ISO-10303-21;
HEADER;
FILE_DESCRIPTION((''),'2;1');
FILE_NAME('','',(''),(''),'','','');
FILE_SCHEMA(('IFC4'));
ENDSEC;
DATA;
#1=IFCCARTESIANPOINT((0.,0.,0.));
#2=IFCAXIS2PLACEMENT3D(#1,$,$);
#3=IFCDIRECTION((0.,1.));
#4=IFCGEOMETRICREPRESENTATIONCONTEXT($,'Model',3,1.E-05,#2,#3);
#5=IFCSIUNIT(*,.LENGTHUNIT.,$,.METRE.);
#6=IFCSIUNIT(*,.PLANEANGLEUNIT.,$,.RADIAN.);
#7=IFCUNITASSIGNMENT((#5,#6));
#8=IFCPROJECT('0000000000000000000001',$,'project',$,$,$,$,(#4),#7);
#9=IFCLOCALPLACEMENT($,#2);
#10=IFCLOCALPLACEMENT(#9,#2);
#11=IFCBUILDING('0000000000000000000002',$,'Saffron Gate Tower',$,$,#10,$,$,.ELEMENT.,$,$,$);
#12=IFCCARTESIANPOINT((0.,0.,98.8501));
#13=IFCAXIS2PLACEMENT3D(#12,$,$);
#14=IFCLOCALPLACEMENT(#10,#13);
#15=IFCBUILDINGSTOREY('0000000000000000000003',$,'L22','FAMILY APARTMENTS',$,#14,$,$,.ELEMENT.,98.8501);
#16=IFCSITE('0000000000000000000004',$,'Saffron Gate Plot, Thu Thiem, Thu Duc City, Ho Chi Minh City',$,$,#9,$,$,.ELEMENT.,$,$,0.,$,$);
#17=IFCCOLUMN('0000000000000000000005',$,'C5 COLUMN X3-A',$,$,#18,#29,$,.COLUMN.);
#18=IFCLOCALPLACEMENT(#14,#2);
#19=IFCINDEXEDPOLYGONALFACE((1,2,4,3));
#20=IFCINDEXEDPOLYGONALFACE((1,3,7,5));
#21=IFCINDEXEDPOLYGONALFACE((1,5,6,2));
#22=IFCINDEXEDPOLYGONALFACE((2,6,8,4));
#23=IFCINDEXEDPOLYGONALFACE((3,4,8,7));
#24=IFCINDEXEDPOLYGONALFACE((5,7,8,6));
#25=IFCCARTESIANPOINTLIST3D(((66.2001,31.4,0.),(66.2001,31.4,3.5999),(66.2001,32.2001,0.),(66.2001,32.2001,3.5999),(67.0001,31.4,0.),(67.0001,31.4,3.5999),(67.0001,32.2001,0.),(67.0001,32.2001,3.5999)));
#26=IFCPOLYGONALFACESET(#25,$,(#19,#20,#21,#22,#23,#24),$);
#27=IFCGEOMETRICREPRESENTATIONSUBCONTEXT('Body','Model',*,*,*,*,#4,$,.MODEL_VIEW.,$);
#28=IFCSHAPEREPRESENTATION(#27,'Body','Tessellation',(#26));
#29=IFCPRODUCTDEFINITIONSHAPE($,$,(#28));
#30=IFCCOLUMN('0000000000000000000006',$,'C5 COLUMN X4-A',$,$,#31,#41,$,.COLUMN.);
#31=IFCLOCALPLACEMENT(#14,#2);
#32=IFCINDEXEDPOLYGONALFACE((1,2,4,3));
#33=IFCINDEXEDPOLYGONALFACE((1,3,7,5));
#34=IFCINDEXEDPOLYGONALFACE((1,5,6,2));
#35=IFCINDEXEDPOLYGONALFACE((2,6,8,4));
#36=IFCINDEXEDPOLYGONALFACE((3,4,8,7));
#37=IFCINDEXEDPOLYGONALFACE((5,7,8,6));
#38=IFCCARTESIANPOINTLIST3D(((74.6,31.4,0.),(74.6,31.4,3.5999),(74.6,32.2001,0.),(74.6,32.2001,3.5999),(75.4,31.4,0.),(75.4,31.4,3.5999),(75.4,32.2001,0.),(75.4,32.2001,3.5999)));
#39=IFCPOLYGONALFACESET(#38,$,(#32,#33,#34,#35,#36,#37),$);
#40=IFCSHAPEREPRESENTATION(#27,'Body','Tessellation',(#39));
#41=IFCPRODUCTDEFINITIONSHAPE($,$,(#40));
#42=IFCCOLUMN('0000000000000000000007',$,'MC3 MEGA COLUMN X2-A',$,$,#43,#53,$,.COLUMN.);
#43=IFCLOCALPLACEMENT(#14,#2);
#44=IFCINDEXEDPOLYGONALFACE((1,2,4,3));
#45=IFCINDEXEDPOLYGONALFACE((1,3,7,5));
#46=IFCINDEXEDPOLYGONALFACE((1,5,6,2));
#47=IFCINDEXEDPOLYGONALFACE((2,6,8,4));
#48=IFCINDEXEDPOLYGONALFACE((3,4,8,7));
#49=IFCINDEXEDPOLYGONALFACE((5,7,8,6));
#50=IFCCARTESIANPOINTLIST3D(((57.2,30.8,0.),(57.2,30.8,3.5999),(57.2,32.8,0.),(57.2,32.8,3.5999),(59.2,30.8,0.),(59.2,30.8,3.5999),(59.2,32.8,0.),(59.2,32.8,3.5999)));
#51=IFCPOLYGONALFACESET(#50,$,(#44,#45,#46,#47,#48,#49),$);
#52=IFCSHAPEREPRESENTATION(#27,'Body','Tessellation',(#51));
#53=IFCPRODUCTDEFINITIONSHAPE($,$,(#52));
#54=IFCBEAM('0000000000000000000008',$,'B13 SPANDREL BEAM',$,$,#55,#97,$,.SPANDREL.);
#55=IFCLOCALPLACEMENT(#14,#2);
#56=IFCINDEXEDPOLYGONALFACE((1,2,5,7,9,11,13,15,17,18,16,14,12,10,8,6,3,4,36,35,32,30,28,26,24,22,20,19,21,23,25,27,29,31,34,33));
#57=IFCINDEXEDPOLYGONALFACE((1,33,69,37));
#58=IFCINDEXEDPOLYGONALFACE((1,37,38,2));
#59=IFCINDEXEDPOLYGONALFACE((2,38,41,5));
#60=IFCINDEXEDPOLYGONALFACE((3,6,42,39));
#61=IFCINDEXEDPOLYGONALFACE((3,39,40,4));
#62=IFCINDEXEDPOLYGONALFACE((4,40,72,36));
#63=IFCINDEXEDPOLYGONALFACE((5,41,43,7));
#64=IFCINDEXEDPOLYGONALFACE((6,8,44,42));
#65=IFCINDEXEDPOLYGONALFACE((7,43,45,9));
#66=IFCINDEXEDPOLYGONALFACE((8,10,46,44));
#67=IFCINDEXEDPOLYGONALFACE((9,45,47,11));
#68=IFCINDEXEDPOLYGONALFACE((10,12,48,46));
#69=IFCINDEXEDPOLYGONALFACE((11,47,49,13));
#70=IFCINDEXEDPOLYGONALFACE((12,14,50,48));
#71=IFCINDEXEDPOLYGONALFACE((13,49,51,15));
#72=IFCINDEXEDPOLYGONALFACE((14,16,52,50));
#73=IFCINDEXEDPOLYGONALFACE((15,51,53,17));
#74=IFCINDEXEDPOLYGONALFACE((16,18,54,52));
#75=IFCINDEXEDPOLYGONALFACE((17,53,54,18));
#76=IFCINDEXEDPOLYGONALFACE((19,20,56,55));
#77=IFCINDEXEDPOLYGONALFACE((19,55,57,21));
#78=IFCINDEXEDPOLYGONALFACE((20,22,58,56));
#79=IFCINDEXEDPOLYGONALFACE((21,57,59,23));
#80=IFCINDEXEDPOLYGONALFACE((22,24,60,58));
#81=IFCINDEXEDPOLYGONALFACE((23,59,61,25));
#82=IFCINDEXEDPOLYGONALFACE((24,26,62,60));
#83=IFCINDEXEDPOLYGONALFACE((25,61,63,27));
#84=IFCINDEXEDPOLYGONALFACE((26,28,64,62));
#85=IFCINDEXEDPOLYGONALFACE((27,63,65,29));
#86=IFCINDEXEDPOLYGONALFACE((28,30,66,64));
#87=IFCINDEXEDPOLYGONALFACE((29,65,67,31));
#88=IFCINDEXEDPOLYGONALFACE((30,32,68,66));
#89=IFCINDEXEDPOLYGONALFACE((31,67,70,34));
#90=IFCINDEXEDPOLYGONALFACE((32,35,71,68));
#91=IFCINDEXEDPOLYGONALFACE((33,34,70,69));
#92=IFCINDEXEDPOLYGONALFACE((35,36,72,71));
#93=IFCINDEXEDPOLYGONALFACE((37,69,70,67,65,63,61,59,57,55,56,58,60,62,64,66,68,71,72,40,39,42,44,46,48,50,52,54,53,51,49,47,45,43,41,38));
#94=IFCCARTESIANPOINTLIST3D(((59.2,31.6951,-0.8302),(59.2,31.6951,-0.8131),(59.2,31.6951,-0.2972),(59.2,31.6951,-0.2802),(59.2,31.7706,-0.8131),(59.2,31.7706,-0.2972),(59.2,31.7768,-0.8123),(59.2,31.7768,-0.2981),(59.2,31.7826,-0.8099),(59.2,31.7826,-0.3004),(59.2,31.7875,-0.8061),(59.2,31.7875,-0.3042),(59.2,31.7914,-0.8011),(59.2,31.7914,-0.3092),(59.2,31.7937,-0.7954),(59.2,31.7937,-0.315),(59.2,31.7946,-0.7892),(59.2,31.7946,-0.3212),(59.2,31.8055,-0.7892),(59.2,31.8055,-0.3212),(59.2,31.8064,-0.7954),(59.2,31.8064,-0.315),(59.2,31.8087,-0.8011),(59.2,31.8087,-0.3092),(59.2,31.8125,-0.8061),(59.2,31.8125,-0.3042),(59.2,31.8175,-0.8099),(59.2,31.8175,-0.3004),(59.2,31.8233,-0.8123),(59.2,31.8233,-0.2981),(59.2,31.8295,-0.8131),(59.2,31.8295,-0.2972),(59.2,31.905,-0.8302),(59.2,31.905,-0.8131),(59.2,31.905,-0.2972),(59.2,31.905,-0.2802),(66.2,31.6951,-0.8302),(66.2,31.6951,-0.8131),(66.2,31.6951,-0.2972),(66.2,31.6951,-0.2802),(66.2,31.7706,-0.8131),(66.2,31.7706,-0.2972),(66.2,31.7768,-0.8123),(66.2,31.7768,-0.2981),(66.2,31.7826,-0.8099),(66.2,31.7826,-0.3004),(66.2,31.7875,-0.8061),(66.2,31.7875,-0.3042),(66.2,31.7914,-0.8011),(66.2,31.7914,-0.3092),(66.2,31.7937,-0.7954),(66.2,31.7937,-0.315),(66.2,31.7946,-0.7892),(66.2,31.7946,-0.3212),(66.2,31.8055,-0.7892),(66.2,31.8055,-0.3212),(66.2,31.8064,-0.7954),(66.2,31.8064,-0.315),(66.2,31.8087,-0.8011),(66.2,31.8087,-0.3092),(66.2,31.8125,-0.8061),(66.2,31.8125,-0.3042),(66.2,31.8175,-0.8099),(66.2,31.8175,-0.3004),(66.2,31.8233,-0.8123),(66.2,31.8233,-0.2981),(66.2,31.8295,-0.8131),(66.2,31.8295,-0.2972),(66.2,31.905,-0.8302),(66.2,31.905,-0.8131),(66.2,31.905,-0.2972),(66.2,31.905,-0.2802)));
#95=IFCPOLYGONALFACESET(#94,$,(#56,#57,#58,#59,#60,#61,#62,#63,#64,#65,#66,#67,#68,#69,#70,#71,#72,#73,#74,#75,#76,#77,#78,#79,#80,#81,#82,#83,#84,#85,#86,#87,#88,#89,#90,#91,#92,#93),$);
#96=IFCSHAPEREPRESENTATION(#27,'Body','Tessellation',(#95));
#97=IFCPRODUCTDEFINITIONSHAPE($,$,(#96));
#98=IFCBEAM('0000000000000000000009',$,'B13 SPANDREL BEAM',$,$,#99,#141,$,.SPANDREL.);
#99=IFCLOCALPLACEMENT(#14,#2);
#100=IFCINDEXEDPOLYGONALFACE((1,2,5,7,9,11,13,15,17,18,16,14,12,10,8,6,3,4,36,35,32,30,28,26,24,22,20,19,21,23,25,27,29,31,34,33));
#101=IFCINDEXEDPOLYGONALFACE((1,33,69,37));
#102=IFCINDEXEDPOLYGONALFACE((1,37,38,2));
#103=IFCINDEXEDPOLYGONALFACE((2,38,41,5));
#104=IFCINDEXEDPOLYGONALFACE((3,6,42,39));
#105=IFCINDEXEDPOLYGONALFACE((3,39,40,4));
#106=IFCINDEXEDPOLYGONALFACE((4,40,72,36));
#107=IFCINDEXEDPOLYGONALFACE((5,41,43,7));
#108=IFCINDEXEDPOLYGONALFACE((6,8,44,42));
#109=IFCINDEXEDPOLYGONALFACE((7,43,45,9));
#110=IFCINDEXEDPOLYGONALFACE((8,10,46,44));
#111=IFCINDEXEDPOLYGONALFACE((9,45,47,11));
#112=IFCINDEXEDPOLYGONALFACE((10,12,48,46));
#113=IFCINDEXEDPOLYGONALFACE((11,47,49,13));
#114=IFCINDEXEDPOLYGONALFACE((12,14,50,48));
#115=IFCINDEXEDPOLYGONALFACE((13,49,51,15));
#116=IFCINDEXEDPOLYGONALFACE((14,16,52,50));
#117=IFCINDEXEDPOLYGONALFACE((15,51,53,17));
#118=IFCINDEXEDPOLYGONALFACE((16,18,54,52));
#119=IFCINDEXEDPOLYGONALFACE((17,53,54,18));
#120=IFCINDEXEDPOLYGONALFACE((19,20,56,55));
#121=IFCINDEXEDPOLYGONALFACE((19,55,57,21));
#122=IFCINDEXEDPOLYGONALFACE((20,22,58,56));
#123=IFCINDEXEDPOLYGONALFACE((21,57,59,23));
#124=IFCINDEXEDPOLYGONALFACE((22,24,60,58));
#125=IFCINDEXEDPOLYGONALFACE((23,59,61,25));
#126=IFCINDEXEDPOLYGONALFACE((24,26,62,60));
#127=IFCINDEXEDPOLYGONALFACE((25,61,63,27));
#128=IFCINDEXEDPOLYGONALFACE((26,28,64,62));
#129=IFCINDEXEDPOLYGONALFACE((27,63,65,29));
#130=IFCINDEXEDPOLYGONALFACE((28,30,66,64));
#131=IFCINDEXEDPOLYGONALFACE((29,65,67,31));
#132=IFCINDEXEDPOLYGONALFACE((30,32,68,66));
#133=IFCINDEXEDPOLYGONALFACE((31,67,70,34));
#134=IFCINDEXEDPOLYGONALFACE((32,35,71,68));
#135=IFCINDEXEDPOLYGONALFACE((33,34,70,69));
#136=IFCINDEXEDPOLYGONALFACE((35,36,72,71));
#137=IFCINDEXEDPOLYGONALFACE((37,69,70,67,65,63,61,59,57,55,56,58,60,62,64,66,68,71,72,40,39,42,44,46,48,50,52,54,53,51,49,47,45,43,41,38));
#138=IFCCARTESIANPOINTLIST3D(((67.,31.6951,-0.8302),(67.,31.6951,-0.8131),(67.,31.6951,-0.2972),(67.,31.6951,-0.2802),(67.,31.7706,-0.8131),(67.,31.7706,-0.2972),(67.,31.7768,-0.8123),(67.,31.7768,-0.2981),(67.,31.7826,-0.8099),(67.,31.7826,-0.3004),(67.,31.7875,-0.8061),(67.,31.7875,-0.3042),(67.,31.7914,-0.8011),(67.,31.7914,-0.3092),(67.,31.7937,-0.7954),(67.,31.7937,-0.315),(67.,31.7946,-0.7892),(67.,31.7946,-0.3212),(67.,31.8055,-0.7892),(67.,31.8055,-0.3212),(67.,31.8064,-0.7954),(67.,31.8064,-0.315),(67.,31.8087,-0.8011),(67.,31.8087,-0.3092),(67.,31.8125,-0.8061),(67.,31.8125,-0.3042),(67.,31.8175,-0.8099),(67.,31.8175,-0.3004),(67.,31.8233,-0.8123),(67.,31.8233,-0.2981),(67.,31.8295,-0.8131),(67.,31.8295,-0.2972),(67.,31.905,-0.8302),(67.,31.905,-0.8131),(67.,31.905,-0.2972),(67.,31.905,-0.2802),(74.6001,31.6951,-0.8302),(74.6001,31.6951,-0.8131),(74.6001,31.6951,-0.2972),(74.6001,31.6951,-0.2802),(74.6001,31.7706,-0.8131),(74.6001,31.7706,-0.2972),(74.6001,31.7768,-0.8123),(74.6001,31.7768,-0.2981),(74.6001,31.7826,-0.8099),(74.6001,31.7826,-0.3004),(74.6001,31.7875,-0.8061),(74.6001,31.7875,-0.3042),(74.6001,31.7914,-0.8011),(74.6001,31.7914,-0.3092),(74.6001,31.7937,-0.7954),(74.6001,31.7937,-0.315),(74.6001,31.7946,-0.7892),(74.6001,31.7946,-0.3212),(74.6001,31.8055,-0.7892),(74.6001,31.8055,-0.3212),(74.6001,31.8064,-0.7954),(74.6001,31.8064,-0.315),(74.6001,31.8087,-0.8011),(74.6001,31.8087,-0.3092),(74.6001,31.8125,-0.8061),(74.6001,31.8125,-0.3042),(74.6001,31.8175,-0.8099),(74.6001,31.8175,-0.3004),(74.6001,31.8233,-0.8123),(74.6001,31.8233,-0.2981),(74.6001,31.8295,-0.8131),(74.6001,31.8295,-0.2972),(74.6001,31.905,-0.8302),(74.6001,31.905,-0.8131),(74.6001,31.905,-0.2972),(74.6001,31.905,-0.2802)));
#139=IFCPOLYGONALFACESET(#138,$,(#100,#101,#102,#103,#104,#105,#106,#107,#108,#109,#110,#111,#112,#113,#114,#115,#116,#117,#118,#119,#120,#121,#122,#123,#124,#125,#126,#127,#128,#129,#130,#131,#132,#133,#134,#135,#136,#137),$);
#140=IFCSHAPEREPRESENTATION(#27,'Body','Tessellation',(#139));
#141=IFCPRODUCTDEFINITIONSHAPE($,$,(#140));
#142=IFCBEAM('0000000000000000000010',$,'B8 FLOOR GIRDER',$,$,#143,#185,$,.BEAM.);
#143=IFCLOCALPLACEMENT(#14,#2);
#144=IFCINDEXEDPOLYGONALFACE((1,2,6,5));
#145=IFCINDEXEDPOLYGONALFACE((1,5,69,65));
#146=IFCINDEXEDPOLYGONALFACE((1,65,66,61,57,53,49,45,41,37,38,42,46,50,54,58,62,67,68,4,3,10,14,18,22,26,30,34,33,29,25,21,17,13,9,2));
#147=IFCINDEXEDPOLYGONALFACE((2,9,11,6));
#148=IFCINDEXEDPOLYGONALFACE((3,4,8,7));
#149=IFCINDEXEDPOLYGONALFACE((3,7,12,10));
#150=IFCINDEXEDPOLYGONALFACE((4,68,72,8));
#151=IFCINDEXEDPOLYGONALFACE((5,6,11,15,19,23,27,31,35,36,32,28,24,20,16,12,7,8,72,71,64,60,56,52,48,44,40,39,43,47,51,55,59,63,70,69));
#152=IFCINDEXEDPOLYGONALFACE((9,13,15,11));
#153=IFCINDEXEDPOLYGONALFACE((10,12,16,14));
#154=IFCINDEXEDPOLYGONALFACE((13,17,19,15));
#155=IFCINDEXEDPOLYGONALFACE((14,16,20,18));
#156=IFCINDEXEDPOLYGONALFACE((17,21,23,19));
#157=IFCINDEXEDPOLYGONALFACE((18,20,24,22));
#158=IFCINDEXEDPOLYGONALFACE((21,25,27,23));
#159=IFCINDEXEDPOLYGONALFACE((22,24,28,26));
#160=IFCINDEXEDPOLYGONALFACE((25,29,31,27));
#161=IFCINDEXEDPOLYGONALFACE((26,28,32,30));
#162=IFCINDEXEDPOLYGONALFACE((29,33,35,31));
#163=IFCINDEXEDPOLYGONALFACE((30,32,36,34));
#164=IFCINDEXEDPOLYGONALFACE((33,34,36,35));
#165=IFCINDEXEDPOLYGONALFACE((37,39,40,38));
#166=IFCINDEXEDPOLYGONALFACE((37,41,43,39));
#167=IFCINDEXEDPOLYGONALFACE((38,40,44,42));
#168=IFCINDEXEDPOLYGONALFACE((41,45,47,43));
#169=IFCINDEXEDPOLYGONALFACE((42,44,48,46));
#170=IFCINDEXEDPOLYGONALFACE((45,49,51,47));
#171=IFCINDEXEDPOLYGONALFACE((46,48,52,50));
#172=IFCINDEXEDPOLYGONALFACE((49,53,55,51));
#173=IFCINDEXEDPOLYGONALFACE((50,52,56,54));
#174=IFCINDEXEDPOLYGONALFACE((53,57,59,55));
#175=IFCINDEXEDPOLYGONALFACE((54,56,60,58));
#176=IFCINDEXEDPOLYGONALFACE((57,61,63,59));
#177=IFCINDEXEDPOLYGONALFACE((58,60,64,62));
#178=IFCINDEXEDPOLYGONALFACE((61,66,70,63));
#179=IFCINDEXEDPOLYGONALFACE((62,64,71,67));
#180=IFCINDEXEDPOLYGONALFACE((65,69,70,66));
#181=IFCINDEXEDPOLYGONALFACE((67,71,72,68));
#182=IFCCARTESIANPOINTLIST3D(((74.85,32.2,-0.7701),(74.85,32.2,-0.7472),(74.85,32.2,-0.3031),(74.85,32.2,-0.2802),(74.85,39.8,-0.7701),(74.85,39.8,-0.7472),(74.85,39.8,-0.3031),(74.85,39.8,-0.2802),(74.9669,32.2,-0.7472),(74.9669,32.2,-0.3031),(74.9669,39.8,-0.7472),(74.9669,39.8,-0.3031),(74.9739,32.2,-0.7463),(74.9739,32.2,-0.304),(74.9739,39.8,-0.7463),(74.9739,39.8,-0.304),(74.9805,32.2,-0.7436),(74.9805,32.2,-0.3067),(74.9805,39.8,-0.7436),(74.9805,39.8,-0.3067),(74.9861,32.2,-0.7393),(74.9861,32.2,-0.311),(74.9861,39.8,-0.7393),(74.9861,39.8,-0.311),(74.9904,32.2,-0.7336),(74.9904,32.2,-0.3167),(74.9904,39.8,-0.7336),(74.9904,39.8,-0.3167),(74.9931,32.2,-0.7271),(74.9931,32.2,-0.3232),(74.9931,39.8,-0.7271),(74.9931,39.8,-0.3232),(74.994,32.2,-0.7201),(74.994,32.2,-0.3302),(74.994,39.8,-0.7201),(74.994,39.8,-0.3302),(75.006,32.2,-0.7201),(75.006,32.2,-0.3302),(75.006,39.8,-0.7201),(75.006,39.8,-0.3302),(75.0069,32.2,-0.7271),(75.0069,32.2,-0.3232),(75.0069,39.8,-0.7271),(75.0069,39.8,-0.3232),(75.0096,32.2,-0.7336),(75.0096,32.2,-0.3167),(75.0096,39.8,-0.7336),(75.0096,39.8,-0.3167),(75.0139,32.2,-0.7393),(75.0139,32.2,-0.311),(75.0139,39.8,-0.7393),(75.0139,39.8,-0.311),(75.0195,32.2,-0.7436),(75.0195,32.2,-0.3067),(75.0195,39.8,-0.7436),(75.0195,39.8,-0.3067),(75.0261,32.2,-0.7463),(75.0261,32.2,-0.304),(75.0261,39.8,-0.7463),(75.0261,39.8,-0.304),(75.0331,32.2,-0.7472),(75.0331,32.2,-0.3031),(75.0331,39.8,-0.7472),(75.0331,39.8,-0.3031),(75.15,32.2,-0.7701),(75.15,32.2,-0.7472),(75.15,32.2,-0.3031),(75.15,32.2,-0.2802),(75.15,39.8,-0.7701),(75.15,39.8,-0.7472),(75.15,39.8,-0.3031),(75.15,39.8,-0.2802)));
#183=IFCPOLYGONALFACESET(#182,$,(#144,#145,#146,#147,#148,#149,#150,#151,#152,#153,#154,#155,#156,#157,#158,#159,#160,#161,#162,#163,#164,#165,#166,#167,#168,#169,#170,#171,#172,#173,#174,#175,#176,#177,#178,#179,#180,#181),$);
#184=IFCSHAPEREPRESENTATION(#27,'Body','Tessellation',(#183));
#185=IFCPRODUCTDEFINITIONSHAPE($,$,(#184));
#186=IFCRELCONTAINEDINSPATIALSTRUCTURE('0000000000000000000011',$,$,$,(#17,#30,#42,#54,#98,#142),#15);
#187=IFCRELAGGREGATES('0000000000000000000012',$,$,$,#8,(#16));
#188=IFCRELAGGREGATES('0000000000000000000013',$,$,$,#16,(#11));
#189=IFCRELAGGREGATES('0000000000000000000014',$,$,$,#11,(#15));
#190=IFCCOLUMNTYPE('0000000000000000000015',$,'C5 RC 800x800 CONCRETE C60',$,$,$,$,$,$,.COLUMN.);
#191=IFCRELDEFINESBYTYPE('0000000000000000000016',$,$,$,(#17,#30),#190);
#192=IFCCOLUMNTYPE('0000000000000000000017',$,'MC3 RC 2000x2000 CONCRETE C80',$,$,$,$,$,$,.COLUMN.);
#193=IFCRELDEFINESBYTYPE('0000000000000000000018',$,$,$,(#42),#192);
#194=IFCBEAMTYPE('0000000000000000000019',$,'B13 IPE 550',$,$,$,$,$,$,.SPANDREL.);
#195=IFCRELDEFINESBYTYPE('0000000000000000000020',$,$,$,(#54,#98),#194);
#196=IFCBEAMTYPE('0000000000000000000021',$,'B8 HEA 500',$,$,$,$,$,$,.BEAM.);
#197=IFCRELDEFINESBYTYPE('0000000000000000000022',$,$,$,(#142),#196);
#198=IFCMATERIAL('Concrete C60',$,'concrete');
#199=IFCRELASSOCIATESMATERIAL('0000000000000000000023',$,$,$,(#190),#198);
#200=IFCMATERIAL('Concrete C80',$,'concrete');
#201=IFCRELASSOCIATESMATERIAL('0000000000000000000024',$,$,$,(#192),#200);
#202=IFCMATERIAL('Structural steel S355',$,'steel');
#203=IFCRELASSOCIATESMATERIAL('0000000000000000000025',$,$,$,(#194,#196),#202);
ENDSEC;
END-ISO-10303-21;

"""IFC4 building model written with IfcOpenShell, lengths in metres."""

from ifc_helpers import new_model, si_unit, direction, frame, origin, origin_2d, place, context, subcontext, project, spatial, rectangle, i_section, extrude, material, material_profile, profile_set, type_object, element, save


model = new_model("IFC4")

# Units and contexts
model_context = context("Model", 3, precision=1e-05, world=origin(), true_north=direction((0.0, 1.0)))
body_context = subcontext(model_context, "Body", "Model", "MODEL_VIEW")
ifc_project = project(units=[si_unit("LENGTHUNIT", "METRE"), si_unit("PLANEANGLEUNIT", "RADIAN")], contexts=[model_context])

# Site, building, storey
site_placement = place(None, origin())
site = spatial("IfcSite", under=ifc_project, at=site_placement, Name="Saffron Gate Plot, Thu Thiem, Thu Duc City, Ho Chi Minh City", CompositionType="ELEMENT", RefElevation=0.0)
building_placement = place(site_placement, origin())
building = spatial("IfcBuilding", under=site, at=building_placement, Name="Saffron Gate Tower", CompositionType="ELEMENT")
storey_placement = place(building_placement, frame((0.0, 0.0, 98.8501)))
storey = spatial("IfcBuildingStorey", under=building, at=storey_placement, Name="L22", Description="FAMILY APARTMENTS", CompositionType="ELEMENT", Elevation=98.8501)

# Columns
ifc_material_1 = material(Name="Concrete C60", Category="concrete")
ifc_material_profile_1 = material_profile(ifc_material_1, rectangle(XDim=0.8, YDim=0.8, at=origin_2d()))
ifc_profile_set_1 = profile_set([ifc_material_profile_1], Name="Concrete C60")
column_type_1 = type_object("IfcColumnType", Name="C5 RC 800x800 CONCRETE C60", PredefinedType="COLUMN", material=ifc_profile_set_1)
for number, where, z_axis, x_axis, name in (
    (1, (66.6001, 31.8, 0.0), (0.0, 0.0, 1.0), (1.0, 0.0, 0.0), "C5 COLUMN X3-A"),
    (2, (75.0, 31.8, 0.0), (0.0, 0.0, 1.0), (1.0, 0.0, 0.0), "C5 COLUMN X4-A"),
):
    element("IfcColumn", number, at=place(storey_placement, frame(where, z_axis=z_axis, x_axis=x_axis)), inside=storey, type_object=column_type_1, Name=name, PredefinedType="COLUMN", context=body_context, shape_type="SweptSolid", body=[
        extrude(rectangle(XDim=0.8, YDim=0.8, at=origin_2d()), origin(), (0.0, 0.0, 1.0), 3.5999),
    ])
ifc_material_2 = material(Name="Concrete C80", Category="concrete")
ifc_material_profile_2 = material_profile(ifc_material_2, rectangle(XDim=2.0, YDim=2.0, at=origin_2d()))
ifc_profile_set_2 = profile_set([ifc_material_profile_2], Name="Concrete C80")
column_type_2 = type_object("IfcColumnType", Name="MC3 RC 2000x2000 CONCRETE C80", PredefinedType="COLUMN", material=ifc_profile_set_2)
column_placement = place(storey_placement, frame((58.2, 31.8, 0.0), z_axis=(0.0, 0.0, 1.0), x_axis=(1.0, 0.0, 0.0)))
element("IfcColumn", 3, at=column_placement, inside=storey, type_object=column_type_2, Name="MC3 MEGA COLUMN X2-A", PredefinedType="COLUMN", context=body_context, shape_type="SweptSolid", body=[
    extrude(rectangle(XDim=2.0, YDim=2.0, at=origin_2d()), origin(), (0.0, 0.0, 1.0), 3.5999),
])

# Beams
ifc_material_3 = material(Name="Structural steel S355", Category="steel")
ifc_material_profile_3 = material_profile(ifc_material_3, i_section(OverallWidth=0.21, OverallDepth=0.55, WebThickness=0.011, FlangeThickness=0.0171, FilletRadius=0.0239, at=origin_2d()))
ifc_profile_set_3 = profile_set([ifc_material_profile_3], Name="Structural steel S355")
beam_type_1 = type_object("IfcBeamType", Name="B13 IPE 550", PredefinedType="SPANDREL", material=ifc_profile_set_3)
beam_1_placement = place(storey_placement, frame((59.2, 31.8, -0.5552), z_axis=(1.0, 0.0, 0.0), x_axis=(0.0, 1.0, 0.0)))
element("IfcBeam", 4, at=beam_1_placement, inside=storey, type_object=beam_type_1, Name="B13 SPANDREL BEAM", PredefinedType="SPANDREL", context=body_context, shape_type="SweptSolid", body=[
    extrude(i_section(OverallWidth=0.21, OverallDepth=0.55, WebThickness=0.011, FlangeThickness=0.0171, FilletRadius=0.0239, at=origin_2d()), origin(), (0.0, 0.0, 1.0), 7.0),
])
beam_2_placement = place(storey_placement, frame((67.0, 31.8, -0.5552), z_axis=(1.0, 0.0, 0.0), x_axis=(0.0, 1.0, 0.0)))
element("IfcBeam", 5, at=beam_2_placement, inside=storey, type_object=beam_type_1, Name="B13 SPANDREL BEAM", PredefinedType="SPANDREL", context=body_context, shape_type="SweptSolid", body=[
    extrude(i_section(OverallWidth=0.21, OverallDepth=0.55, WebThickness=0.011, FlangeThickness=0.0171, FilletRadius=0.0239, at=origin_2d()), origin(), (0.0, 0.0, 1.0), 7.6001),
])
ifc_material_profile_4 = material_profile(ifc_material_3, i_section(OverallWidth=0.3, OverallDepth=0.49, WebThickness=0.012, FlangeThickness=0.0229, FilletRadius=0.0271, at=origin_2d()))
ifc_profile_set_4 = profile_set([ifc_material_profile_4], Name="Structural steel S355")
beam_type_2 = type_object("IfcBeamType", Name="B8 HEA 500", PredefinedType="BEAM", material=ifc_profile_set_4)
beam_3_placement = place(storey_placement, frame((75.0, 32.2, -0.5251), z_axis=(0.0, 1.0, 0.0), x_axis=(-1.0, 0.0, 0.0)))
element("IfcBeam", 6, at=beam_3_placement, inside=storey, type_object=beam_type_2, Name="B8 FLOOR GIRDER", PredefinedType="BEAM", context=body_context, shape_type="SweptSolid", body=[
    extrude(i_section(OverallWidth=0.3, OverallDepth=0.49, WebThickness=0.012, FlangeThickness=0.0229, FilletRadius=0.0271, at=origin_2d()), origin(), (0.0, 0.0, 1.0), 7.6001),
])

save(model, "model.ifc")
